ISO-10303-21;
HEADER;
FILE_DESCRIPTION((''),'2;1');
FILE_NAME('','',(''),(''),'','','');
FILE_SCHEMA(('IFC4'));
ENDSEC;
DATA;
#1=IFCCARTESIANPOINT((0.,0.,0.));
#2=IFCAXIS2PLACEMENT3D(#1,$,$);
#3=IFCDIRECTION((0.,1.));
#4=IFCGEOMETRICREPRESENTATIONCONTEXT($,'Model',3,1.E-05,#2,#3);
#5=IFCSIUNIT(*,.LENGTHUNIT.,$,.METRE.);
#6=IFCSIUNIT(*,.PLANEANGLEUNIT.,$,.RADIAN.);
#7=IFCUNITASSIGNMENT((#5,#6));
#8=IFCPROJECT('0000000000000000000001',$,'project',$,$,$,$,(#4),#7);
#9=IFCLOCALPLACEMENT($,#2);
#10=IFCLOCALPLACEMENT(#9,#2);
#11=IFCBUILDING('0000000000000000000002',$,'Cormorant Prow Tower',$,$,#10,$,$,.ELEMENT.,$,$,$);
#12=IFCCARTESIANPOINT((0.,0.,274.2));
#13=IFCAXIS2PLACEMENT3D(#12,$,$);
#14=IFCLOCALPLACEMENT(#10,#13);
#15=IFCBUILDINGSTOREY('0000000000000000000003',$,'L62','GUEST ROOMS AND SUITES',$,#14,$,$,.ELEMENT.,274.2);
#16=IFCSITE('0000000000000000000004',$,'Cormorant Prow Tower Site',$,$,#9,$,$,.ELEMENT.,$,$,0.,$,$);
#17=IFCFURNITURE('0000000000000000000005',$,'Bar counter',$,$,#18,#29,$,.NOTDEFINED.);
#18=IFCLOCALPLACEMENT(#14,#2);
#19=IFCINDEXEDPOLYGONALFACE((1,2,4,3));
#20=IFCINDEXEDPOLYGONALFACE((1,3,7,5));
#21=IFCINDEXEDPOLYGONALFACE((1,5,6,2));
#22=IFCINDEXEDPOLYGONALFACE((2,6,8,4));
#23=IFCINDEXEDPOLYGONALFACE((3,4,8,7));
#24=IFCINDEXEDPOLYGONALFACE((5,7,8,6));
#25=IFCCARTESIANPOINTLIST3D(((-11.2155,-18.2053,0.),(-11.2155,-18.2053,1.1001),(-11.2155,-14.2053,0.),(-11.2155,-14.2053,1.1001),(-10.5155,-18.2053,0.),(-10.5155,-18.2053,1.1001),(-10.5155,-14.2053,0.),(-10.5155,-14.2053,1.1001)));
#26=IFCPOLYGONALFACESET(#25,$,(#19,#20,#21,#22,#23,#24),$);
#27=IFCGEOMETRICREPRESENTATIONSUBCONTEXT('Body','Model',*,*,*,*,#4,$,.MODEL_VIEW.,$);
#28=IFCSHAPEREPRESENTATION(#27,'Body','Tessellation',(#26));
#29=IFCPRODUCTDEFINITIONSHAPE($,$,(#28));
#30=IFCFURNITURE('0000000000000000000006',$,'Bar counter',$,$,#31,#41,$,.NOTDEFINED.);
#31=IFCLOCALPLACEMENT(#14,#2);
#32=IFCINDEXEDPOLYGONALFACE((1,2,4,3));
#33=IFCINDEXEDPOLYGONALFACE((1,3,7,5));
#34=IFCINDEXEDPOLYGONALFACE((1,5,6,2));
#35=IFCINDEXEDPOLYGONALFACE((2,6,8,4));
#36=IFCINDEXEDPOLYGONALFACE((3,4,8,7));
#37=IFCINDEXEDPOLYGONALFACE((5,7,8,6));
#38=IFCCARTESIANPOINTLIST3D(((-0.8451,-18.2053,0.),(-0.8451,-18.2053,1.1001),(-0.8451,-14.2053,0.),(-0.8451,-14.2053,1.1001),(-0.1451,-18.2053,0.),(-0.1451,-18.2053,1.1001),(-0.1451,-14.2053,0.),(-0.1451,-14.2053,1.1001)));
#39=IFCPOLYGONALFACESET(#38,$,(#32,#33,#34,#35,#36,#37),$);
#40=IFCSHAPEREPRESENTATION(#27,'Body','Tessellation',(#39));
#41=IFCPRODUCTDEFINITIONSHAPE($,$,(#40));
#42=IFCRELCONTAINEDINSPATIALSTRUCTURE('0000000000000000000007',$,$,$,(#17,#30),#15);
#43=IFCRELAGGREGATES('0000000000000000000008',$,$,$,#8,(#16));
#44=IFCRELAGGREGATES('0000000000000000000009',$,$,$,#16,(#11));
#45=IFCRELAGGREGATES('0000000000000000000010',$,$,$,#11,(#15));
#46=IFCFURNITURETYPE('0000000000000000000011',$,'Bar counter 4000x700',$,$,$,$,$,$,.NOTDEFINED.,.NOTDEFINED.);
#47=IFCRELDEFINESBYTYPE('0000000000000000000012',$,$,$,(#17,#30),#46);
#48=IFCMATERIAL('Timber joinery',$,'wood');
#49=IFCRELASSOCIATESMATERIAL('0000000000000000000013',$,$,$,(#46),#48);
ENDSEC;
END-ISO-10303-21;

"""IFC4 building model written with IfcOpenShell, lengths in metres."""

from ifc_helpers import new_model, si_unit, direction, frame, origin, origin_2d, place, context, subcontext, project, spatial, rectangle, extrude, material, type_object, element, save


model = new_model("IFC4")

# Units and contexts
model_context = context("Model", 3, precision=1e-05, world=origin(), true_north=direction((0.0, 1.0)))
body_context = subcontext(model_context, "Body", "Model", "MODEL_VIEW")
ifc_project = project(units=[si_unit("LENGTHUNIT", "METRE"), si_unit("PLANEANGLEUNIT", "RADIAN")], contexts=[model_context])

# Site, building, storey
site_placement = place(None, origin())
site = spatial("IfcSite", under=ifc_project, at=site_placement, Name="Cormorant Prow Tower Site", CompositionType="ELEMENT", RefElevation=0.0)
building_placement = place(site_placement, origin())
building = spatial("IfcBuilding", under=site, at=building_placement, Name="Cormorant Prow Tower", CompositionType="ELEMENT")
storey_placement = place(building_placement, frame((0.0, 0.0, 274.2)))
storey = spatial("IfcBuildingStorey", under=building, at=storey_placement, Name="L62", Description="GUEST ROOMS AND SUITES", CompositionType="ELEMENT", Elevation=274.2)

# Furniture
ifc_material_1 = material(Name="Timber joinery", Category="wood")
furniture_type_1 = type_object("IfcFurnitureType", Name="Bar counter 4000x700", AssemblyPlace="NOTDEFINED", PredefinedType="NOTDEFINED", material=ifc_material_1)
for number, where, z_axis, x_axis, name in (
    (1, (-10.8655, -16.2053, 0.0), (0.0, 0.0, 1.0), (0.0, -1.0, 0.0), "Bar counter"),
    (2, (-0.4951, -16.2053, 0.0), (0.0, 0.0, 1.0), (0.0, -1.0, 0.0), "Bar counter"),
):
    element("IfcFurniture", number, at=place(storey_placement, frame(where, z_axis=z_axis, x_axis=x_axis)), inside=storey, type_object=furniture_type_1, Name=name, PredefinedType="NOTDEFINED", context=body_context, shape_type="SweptSolid", body=[
        extrude(rectangle(XDim=4.0, YDim=0.7, at=origin_2d()), origin(), (0.0, 0.0, 1.0), 1.1001),
    ])

save(model, "model.ifc")
